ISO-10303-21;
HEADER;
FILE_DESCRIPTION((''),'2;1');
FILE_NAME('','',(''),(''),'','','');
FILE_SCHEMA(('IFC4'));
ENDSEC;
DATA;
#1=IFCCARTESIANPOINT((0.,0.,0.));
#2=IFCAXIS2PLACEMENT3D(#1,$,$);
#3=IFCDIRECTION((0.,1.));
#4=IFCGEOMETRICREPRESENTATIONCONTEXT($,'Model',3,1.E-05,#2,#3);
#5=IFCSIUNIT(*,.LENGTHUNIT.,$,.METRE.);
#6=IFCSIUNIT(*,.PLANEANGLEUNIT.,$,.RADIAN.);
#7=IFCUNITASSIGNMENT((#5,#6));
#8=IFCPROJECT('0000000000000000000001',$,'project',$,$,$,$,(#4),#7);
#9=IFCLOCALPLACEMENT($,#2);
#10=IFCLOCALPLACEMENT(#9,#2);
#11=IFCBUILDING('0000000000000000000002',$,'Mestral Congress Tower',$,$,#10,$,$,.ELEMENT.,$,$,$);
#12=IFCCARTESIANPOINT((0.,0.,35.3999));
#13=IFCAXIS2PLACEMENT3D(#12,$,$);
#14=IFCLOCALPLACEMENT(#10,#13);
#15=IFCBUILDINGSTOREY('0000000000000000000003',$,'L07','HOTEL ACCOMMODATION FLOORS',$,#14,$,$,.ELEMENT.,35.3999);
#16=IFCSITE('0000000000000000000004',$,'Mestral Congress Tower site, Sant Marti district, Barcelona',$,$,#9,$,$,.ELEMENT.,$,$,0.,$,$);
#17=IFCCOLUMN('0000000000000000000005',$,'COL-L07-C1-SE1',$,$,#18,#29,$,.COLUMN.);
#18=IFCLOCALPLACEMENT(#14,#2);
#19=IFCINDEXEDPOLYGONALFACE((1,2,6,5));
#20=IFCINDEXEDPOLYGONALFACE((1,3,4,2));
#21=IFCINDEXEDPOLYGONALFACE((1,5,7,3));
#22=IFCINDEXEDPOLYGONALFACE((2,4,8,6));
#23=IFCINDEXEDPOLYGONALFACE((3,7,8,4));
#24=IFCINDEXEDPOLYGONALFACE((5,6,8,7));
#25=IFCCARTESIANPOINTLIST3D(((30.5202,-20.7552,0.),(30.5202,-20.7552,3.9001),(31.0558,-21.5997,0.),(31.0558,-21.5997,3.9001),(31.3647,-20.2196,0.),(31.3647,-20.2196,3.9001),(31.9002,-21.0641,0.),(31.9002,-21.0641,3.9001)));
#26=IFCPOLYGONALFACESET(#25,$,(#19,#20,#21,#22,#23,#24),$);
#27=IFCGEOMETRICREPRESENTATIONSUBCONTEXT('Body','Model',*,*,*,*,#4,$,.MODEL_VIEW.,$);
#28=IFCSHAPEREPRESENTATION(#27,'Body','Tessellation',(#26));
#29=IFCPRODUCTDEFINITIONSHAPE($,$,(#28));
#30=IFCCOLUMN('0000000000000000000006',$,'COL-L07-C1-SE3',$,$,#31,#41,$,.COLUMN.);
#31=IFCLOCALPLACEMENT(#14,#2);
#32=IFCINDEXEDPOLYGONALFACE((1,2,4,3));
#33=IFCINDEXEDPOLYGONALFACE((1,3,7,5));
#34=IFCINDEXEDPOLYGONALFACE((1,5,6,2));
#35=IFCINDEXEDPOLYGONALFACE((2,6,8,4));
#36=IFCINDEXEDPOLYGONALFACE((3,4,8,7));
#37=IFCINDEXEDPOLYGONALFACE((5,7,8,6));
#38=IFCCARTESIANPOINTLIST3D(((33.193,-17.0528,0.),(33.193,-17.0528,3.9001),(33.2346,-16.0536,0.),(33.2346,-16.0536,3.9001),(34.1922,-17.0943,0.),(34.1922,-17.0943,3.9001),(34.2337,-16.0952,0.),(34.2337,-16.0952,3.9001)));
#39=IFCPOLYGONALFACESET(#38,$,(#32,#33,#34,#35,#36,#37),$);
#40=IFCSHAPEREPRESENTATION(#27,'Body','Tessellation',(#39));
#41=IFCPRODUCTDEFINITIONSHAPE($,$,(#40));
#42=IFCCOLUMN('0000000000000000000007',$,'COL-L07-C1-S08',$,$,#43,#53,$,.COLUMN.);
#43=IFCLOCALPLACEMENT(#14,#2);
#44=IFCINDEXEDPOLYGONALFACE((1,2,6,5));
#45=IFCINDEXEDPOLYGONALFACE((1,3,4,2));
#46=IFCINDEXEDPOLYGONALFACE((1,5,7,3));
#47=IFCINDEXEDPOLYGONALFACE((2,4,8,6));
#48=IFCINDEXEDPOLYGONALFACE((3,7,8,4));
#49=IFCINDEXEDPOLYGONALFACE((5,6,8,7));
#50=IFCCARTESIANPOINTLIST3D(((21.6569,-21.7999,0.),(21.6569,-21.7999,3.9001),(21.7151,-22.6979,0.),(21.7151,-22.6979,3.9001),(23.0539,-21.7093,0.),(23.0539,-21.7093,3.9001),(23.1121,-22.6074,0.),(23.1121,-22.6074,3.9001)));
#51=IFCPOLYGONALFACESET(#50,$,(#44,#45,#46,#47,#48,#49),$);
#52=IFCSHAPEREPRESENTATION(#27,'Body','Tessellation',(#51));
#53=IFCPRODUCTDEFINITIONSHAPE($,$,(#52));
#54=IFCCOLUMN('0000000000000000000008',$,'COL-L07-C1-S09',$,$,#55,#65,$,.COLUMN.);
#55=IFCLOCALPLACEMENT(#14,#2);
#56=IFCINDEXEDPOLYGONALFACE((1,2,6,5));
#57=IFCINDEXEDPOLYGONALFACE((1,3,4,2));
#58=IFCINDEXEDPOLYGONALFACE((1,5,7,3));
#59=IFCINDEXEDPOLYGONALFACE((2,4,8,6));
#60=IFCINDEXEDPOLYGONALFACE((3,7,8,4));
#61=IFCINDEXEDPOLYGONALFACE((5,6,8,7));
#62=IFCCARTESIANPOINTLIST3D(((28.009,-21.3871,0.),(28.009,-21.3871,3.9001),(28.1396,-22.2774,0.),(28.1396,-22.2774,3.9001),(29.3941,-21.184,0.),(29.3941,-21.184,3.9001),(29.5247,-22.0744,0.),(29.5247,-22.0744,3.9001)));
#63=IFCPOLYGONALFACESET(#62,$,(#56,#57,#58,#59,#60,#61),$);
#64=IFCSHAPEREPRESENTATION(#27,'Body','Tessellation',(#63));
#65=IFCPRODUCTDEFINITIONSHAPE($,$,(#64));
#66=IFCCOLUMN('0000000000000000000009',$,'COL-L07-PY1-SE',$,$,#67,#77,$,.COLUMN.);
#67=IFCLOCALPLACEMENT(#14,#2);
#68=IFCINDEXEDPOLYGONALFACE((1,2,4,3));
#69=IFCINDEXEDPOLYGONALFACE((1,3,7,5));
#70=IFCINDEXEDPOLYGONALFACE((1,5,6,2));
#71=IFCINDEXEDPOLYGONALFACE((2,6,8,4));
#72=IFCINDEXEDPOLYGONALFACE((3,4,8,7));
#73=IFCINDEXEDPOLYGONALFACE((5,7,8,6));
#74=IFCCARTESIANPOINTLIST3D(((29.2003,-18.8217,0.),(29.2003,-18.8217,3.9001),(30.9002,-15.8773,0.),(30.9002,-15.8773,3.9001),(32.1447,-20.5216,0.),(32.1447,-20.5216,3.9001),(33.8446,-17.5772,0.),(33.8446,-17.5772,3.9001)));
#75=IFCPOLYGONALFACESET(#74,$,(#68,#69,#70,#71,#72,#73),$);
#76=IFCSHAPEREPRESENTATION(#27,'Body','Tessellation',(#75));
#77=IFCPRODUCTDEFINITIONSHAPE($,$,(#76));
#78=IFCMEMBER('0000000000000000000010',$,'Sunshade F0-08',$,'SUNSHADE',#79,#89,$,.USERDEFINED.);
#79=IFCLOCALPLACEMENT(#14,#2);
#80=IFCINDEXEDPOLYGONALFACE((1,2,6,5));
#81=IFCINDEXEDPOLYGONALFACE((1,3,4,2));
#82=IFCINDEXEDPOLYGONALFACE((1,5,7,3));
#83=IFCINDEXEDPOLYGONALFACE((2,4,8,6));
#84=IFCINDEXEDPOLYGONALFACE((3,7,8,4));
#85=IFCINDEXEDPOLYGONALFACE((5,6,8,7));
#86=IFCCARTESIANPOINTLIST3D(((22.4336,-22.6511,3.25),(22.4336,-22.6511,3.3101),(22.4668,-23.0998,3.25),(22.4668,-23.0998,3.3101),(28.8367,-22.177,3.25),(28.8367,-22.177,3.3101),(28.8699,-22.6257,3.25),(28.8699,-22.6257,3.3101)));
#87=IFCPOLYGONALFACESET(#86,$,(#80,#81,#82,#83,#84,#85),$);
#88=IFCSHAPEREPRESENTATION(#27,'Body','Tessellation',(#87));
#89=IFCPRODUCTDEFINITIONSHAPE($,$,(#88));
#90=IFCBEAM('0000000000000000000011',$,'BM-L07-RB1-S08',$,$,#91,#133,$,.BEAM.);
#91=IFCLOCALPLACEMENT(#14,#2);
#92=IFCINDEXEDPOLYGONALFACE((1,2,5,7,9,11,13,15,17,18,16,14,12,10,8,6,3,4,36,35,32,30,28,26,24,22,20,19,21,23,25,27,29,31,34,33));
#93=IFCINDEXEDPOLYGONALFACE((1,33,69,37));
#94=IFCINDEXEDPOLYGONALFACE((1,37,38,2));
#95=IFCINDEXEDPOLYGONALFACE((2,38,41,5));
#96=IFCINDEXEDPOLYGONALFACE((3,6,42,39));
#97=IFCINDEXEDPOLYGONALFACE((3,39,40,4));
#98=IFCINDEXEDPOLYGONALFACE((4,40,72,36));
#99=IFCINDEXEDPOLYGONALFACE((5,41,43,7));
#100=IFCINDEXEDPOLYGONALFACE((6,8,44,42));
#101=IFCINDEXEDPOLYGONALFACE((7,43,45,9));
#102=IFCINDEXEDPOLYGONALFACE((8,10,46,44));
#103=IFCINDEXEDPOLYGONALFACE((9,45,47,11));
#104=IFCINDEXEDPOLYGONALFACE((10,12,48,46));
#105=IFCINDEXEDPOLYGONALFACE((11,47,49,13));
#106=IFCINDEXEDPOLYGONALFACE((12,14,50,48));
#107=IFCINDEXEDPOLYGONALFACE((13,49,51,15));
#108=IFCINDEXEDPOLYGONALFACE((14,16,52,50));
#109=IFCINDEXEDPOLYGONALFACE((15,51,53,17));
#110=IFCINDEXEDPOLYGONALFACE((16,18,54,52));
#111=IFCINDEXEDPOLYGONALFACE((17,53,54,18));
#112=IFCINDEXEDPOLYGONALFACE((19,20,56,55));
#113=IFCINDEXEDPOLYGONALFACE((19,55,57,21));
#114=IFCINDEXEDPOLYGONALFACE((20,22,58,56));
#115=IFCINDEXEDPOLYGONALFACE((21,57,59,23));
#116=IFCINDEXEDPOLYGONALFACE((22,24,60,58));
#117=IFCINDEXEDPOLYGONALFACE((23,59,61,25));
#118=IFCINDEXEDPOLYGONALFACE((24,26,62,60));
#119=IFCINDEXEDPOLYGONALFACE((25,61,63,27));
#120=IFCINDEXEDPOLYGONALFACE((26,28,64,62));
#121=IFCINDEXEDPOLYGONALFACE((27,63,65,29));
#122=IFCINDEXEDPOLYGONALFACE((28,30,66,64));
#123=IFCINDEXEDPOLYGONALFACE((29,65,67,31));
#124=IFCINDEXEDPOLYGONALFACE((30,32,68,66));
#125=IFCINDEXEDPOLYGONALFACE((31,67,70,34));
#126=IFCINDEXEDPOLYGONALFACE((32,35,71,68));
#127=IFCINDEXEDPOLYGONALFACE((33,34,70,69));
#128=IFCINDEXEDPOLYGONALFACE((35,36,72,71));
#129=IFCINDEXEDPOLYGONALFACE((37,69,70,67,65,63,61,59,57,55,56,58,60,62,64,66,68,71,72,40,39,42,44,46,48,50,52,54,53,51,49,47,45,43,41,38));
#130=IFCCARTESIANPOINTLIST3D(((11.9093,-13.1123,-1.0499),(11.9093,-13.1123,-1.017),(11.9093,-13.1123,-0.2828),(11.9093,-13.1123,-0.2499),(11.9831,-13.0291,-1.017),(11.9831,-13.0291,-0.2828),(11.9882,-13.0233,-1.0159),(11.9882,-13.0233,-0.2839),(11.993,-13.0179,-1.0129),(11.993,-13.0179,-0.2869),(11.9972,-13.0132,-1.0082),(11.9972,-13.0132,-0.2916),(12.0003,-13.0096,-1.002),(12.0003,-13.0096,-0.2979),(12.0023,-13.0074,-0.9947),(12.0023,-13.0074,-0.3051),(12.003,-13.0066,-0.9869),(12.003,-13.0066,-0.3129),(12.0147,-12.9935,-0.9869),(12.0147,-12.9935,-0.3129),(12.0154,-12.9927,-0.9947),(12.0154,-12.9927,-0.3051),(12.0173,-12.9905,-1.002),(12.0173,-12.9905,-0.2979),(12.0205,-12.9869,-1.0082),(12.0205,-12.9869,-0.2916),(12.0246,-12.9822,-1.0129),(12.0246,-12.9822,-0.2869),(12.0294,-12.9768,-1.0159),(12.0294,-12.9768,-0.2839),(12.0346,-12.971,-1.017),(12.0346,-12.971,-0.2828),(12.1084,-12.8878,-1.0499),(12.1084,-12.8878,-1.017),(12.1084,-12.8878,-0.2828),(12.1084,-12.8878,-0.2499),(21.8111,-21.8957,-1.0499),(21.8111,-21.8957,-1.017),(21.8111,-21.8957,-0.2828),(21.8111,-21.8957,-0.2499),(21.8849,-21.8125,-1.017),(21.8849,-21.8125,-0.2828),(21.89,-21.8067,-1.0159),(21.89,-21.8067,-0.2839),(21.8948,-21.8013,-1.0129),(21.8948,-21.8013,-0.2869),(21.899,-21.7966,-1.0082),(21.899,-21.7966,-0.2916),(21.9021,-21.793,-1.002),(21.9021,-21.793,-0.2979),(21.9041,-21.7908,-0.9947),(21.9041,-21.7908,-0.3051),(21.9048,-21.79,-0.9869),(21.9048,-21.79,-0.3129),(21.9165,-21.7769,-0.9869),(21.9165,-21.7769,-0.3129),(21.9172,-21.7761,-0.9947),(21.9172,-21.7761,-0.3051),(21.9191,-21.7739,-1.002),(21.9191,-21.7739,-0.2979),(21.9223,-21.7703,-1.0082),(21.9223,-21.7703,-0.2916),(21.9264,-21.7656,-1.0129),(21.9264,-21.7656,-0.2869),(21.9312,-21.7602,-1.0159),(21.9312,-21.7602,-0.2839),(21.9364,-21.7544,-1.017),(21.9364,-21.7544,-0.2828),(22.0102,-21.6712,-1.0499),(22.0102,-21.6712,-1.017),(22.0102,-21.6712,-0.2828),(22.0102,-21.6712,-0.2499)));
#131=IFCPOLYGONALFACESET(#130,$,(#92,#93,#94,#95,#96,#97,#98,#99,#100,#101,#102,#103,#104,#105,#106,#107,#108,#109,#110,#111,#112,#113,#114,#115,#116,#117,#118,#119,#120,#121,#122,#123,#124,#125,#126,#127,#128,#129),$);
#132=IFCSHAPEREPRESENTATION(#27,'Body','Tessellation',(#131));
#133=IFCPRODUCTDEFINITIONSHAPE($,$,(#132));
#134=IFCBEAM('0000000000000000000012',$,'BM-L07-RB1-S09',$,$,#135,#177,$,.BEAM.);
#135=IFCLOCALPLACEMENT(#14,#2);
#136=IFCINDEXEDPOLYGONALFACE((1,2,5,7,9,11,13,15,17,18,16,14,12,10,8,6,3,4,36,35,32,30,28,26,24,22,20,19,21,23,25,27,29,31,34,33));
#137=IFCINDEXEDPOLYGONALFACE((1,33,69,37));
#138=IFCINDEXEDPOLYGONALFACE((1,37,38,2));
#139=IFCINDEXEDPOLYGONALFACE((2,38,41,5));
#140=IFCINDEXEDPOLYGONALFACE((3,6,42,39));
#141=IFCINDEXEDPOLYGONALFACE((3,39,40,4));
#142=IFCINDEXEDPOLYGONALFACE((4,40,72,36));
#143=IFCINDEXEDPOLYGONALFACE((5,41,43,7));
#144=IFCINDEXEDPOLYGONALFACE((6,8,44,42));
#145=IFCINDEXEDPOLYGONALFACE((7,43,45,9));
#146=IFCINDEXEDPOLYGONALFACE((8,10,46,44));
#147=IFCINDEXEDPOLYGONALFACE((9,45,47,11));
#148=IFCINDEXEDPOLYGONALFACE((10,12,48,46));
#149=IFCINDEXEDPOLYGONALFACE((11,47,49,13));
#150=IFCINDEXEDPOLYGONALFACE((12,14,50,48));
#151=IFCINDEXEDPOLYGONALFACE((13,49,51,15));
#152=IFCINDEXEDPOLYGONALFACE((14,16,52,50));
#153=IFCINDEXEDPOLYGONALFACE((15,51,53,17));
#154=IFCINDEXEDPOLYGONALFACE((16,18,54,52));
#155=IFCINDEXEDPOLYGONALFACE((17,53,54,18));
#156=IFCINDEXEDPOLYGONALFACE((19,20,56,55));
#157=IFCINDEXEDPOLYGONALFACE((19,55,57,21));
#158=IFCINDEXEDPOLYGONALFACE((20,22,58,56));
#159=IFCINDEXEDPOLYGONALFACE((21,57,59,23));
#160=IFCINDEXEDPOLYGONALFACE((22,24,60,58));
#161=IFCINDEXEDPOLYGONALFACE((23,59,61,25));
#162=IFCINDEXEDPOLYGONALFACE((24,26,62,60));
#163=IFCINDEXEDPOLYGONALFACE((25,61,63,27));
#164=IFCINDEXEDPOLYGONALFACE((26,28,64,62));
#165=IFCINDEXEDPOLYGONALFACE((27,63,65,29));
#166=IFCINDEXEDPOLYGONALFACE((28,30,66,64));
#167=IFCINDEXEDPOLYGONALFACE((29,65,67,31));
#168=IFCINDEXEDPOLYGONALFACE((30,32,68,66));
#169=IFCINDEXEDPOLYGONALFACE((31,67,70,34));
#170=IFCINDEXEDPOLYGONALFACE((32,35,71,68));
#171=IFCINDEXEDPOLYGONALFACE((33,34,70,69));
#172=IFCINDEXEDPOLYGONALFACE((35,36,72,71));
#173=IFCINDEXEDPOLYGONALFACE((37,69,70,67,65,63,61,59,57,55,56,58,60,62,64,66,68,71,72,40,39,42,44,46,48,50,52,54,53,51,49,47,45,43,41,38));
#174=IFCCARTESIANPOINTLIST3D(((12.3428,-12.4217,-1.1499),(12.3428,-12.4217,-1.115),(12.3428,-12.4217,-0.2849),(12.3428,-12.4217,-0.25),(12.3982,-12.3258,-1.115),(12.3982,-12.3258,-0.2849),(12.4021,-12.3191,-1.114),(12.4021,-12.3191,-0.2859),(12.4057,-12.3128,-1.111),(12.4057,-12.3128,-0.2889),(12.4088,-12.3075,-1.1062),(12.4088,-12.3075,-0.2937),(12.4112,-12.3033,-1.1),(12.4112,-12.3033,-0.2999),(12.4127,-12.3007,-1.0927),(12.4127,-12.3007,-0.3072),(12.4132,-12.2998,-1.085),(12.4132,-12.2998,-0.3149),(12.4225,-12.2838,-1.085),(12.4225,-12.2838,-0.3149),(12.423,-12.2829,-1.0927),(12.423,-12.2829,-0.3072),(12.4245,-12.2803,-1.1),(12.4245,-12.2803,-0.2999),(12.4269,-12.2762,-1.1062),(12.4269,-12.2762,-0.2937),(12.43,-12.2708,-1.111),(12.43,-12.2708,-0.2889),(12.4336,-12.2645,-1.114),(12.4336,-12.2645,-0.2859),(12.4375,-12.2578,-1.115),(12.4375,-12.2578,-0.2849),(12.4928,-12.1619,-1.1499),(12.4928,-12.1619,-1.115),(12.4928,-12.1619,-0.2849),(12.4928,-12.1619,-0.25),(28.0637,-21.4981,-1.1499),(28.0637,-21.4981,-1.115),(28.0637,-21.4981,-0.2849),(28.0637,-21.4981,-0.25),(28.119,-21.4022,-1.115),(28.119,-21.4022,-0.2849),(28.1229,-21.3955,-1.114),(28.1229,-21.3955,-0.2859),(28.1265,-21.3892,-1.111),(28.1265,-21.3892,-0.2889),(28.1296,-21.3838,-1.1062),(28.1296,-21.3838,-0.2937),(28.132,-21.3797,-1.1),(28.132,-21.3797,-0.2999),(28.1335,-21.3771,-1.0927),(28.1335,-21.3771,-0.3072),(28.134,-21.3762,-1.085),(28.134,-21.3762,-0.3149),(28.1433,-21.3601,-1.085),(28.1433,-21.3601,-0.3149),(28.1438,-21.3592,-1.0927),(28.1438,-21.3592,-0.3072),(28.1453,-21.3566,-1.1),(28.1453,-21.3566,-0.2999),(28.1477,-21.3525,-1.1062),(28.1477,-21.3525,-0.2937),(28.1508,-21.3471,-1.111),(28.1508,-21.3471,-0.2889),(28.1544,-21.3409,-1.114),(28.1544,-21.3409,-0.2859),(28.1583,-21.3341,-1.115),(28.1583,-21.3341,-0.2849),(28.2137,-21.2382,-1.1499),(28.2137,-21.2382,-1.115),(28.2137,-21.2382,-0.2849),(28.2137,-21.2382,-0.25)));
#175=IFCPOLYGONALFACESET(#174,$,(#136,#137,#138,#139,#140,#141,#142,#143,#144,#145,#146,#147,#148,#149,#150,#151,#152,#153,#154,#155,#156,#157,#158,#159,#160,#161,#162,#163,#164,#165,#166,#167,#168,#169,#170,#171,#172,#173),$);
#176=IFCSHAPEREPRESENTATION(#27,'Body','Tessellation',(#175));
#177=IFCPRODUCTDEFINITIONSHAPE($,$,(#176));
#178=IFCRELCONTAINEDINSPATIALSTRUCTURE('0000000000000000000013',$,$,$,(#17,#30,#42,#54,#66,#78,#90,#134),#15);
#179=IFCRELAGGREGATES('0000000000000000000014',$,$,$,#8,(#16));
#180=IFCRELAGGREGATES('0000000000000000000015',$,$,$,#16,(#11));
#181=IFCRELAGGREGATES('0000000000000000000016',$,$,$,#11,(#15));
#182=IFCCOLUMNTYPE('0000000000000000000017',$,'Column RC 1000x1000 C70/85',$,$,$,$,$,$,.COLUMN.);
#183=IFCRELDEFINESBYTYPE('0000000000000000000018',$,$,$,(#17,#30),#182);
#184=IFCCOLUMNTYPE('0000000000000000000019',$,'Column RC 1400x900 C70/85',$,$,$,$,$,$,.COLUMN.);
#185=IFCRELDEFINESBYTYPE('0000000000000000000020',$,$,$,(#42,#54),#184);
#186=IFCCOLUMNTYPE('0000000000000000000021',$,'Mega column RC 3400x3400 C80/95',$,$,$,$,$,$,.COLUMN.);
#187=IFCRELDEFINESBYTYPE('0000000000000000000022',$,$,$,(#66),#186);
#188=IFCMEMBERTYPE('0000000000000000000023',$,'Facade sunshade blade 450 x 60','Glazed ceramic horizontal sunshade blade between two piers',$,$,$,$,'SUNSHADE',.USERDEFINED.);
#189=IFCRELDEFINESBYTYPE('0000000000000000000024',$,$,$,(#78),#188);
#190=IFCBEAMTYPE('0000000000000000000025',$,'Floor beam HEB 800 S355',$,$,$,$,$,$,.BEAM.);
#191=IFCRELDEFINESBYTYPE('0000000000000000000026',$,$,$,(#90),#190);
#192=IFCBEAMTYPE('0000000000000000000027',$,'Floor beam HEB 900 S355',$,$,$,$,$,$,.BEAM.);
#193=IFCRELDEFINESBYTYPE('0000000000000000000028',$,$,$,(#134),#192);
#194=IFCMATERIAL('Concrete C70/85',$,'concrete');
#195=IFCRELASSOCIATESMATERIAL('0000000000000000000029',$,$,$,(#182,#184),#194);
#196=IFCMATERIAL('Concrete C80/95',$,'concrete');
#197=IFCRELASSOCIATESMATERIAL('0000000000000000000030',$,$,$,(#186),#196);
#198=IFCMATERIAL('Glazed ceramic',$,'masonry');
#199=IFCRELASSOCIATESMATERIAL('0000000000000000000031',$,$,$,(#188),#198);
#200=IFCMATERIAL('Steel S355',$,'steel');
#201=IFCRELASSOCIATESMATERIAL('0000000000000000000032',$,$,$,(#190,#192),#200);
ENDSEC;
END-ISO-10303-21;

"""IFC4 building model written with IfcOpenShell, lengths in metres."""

from ifc_helpers import new_model, si_unit, direction, frame, origin, origin_2d, place, context, subcontext, project, spatial, rectangle, i_section, extrude, material, material_profile, profile_set, type_object, element, save


model = new_model("IFC4")

# Units and contexts
model_context = context("Model", 3, precision=1e-05, world=origin(), true_north=direction((0.0, 1.0)))
body_context = subcontext(model_context, "Body", "Model", "MODEL_VIEW")
ifc_project = project(units=[si_unit("LENGTHUNIT", "METRE"), si_unit("PLANEANGLEUNIT", "RADIAN")], contexts=[model_context])

# Site, building, storey
site_placement = place(None, origin())
site = spatial("IfcSite", under=ifc_project, at=site_placement, Name="Mestral Congress Tower site, Sant Marti district, Barcelona", CompositionType="ELEMENT", RefElevation=0.0)
building_placement = place(site_placement, origin())
building = spatial("IfcBuilding", under=site, at=building_placement, Name="Mestral Congress Tower", CompositionType="ELEMENT")
storey_placement = place(building_placement, frame((0.0, 0.0, 35.3999)))
storey = spatial("IfcBuildingStorey", under=building, at=storey_placement, Name="L07", Description="HOTEL ACCOMMODATION FLOORS", CompositionType="ELEMENT", Elevation=35.3999)

# Columns
ifc_material_1 = material(Name="Concrete C70/85", Category="concrete")
ifc_material_profile_1 = material_profile(ifc_material_1, rectangle(XDim=1.0, YDim=1.0, at=origin_2d()), Name="RC 1000x1000")
ifc_profile_set_1 = profile_set([ifc_material_profile_1], Name="Concrete C70/85")
column_type_1 = type_object("IfcColumnType", Name="Column RC 1000x1000 C70/85", PredefinedType="COLUMN", material=ifc_profile_set_1)
for number, where, z_axis, x_axis, name in (
    (1, (31.2102, -20.9097, 0.0), (0.0, 0.0, 1.0), (0.844485, 0.535579, 0.0), "COL-L07-C1-SE1"),
    (2, (33.7134, -16.574, 0.0), (0.0, 0.0, 1.0), (0.041583, 0.999135, 0.0), "COL-L07-C1-SE3"),
):
    element("IfcColumn", number, at=place(storey_placement, frame(where, z_axis=z_axis, x_axis=x_axis)), inside=storey, type_object=column_type_1, Name=name, PredefinedType="COLUMN", context=body_context, shape_type="SweptSolid", body=[
        extrude(rectangle(XDim=1.0, YDim=1.0, at=origin_2d()), origin(), (0.0, 0.0, 1.0), 3.9001),
    ])
ifc_material_profile_2 = material_profile(ifc_material_1, rectangle(XDim=1.3999, YDim=0.8999, at=origin_2d()), Name="RC 1400x900")
ifc_profile_set_2 = profile_set([ifc_material_profile_2], Name="Concrete C70/85")
column_type_2 = type_object("IfcColumnType", Name="Column RC 1400x900 C70/85", PredefinedType="COLUMN", material=ifc_profile_set_2)
for number, where, z_axis, x_axis, name in (
    (3, (22.3845, -22.2036, 0.0), (0.0, 0.0, 1.0), (0.997908, 0.064658, 0.0), "COL-L07-C1-S08"),
    (4, (28.7668, -21.7307, 0.0), (0.0, 0.0, 1.0), (0.989424, 0.145056, 0.0), "COL-L07-C1-S09"),
):
    element("IfcColumn", number, at=place(storey_placement, frame(where, z_axis=z_axis, x_axis=x_axis)), inside=storey, type_object=column_type_2, Name=name, PredefinedType="COLUMN", context=body_context, shape_type="SweptSolid", body=[
        extrude(rectangle(XDim=1.3999, YDim=0.8999, at=origin_2d()), origin(), (0.0, 0.0, 1.0), 3.9001),
    ])
ifc_material_2 = material(Name="Concrete C80/95", Category="concrete")
ifc_material_profile_3 = material_profile(ifc_material_2, rectangle(XDim=3.3999, YDim=3.3999, at=origin_2d()), Name="RC 3400x3400")
ifc_profile_set_3 = profile_set([ifc_material_profile_3], Name="Concrete C80/95")
column_type_3 = type_object("IfcColumnType", Name="Mega column RC 3400x3400 C80/95", PredefinedType="COLUMN", material=ifc_profile_set_3)
column_placement = place(storey_placement, frame((31.5225, -18.1995, 0.0), z_axis=(0.0, 0.0, 1.0), x_axis=(0.866025, -0.5, 0.0)))
element("IfcColumn", 5, at=column_placement, inside=storey, type_object=column_type_3, Name="COL-L07-PY1-SE", PredefinedType="COLUMN", context=body_context, shape_type="SweptSolid", body=[
    extrude(rectangle(XDim=3.3999, YDim=3.3999, at=origin_2d()), origin(), (0.0, 0.0, 1.0), 3.9001),
])

# Member
ifc_material_3 = material(Name="Glazed ceramic", Category="masonry")
ifc_material_profile_4 = material_profile(ifc_material_3, rectangle(XDim=0.45, YDim=0.0601, at=origin_2d()), Name="Ceramic blade 450 x 60")
ifc_profile_set_4 = profile_set([ifc_material_profile_4], Name="Glazed ceramic")
member_type = type_object("IfcMemberType", Name="Facade sunshade blade 450 x 60", Description="Glazed ceramic horizontal sunshade blade between two piers", ElementType="SUNSHADE", PredefinedType="USERDEFINED", material=ifc_profile_set_4)
member_placement = place(storey_placement, frame((22.4502, -22.8755, 3.28), z_axis=(0.99727, 0.073844, 0.0), x_axis=(-0.073844, 0.99727, 0.0)))
element("IfcMember", 6, at=member_placement, inside=storey, type_object=member_type, Name="Sunshade F0-08", ObjectType="SUNSHADE", PredefinedType="USERDEFINED", context=body_context, shape_type="SweptSolid", body=[
    extrude(rectangle(XDim=0.45, YDim=0.0601, at=origin_2d()), origin(), (0.0, 0.0, 1.0), 6.4207),
])

# Beams
ifc_material_4 = material(Name="Steel S355", Category="steel")
ifc_material_profile_5 = material_profile(ifc_material_4, i_section(OverallWidth=0.3, OverallDepth=0.8, WebThickness=0.0176, FlangeThickness=0.033, FilletRadius=0.03, at=origin_2d()), Name="HEB 800")
ifc_profile_set_5 = profile_set([ifc_material_profile_5], Name="Steel S355")
beam_type_1 = type_object("IfcBeamType", Name="Floor beam HEB 800 S355", PredefinedType="BEAM", material=ifc_profile_set_5)
beam_1_placement = place(storey_placement, frame((21.9106, -21.7834, -0.6499), z_axis=(-0.748092, 0.663595, 0.0), x_axis=(-0.663595, -0.748092, 0.0)))
element("IfcBeam", 7, at=beam_1_placement, inside=storey, type_object=beam_type_1, Name="BM-L07-RB1-S08", PredefinedType="BEAM", context=body_context, shape_type="SweptSolid", body=[
    extrude(i_section(OverallWidth=0.3, OverallDepth=0.8, WebThickness=0.0176, FlangeThickness=0.033, FilletRadius=0.03, at=origin_2d()), origin(), (0.0, 0.0, 1.0), 13.2361),
])
ifc_material_profile_6 = material_profile(ifc_material_4, i_section(OverallWidth=0.3, OverallDepth=0.8999, WebThickness=0.0186, FlangeThickness=0.0349, FilletRadius=0.03, at=origin_2d()), Name="HEB 900")
ifc_profile_set_6 = profile_set([ifc_material_profile_6], Name="Steel S355")
beam_type_2 = type_object("IfcBeamType", Name="Floor beam HEB 900 S355", PredefinedType="BEAM", material=ifc_profile_set_6)
beam_2_placement = place(storey_placement, frame((28.1387, -21.3682, -0.7), z_axis=(-0.866027, 0.499997, 0.0), x_axis=(-0.499997, -0.866027, 0.0)))
element("IfcBeam", 8, at=beam_2_placement, inside=storey, type_object=beam_type_2, Name="BM-L07-RB1-S09", PredefinedType="BEAM", context=body_context, shape_type="SweptSolid", body=[
    extrude(i_section(OverallWidth=0.3, OverallDepth=0.8999, WebThickness=0.0186, FlangeThickness=0.0349, FilletRadius=0.03, at=origin_2d()), origin(), (0.0, 0.0, 1.0), 18.1528),
])

save(model, "model.ifc")
